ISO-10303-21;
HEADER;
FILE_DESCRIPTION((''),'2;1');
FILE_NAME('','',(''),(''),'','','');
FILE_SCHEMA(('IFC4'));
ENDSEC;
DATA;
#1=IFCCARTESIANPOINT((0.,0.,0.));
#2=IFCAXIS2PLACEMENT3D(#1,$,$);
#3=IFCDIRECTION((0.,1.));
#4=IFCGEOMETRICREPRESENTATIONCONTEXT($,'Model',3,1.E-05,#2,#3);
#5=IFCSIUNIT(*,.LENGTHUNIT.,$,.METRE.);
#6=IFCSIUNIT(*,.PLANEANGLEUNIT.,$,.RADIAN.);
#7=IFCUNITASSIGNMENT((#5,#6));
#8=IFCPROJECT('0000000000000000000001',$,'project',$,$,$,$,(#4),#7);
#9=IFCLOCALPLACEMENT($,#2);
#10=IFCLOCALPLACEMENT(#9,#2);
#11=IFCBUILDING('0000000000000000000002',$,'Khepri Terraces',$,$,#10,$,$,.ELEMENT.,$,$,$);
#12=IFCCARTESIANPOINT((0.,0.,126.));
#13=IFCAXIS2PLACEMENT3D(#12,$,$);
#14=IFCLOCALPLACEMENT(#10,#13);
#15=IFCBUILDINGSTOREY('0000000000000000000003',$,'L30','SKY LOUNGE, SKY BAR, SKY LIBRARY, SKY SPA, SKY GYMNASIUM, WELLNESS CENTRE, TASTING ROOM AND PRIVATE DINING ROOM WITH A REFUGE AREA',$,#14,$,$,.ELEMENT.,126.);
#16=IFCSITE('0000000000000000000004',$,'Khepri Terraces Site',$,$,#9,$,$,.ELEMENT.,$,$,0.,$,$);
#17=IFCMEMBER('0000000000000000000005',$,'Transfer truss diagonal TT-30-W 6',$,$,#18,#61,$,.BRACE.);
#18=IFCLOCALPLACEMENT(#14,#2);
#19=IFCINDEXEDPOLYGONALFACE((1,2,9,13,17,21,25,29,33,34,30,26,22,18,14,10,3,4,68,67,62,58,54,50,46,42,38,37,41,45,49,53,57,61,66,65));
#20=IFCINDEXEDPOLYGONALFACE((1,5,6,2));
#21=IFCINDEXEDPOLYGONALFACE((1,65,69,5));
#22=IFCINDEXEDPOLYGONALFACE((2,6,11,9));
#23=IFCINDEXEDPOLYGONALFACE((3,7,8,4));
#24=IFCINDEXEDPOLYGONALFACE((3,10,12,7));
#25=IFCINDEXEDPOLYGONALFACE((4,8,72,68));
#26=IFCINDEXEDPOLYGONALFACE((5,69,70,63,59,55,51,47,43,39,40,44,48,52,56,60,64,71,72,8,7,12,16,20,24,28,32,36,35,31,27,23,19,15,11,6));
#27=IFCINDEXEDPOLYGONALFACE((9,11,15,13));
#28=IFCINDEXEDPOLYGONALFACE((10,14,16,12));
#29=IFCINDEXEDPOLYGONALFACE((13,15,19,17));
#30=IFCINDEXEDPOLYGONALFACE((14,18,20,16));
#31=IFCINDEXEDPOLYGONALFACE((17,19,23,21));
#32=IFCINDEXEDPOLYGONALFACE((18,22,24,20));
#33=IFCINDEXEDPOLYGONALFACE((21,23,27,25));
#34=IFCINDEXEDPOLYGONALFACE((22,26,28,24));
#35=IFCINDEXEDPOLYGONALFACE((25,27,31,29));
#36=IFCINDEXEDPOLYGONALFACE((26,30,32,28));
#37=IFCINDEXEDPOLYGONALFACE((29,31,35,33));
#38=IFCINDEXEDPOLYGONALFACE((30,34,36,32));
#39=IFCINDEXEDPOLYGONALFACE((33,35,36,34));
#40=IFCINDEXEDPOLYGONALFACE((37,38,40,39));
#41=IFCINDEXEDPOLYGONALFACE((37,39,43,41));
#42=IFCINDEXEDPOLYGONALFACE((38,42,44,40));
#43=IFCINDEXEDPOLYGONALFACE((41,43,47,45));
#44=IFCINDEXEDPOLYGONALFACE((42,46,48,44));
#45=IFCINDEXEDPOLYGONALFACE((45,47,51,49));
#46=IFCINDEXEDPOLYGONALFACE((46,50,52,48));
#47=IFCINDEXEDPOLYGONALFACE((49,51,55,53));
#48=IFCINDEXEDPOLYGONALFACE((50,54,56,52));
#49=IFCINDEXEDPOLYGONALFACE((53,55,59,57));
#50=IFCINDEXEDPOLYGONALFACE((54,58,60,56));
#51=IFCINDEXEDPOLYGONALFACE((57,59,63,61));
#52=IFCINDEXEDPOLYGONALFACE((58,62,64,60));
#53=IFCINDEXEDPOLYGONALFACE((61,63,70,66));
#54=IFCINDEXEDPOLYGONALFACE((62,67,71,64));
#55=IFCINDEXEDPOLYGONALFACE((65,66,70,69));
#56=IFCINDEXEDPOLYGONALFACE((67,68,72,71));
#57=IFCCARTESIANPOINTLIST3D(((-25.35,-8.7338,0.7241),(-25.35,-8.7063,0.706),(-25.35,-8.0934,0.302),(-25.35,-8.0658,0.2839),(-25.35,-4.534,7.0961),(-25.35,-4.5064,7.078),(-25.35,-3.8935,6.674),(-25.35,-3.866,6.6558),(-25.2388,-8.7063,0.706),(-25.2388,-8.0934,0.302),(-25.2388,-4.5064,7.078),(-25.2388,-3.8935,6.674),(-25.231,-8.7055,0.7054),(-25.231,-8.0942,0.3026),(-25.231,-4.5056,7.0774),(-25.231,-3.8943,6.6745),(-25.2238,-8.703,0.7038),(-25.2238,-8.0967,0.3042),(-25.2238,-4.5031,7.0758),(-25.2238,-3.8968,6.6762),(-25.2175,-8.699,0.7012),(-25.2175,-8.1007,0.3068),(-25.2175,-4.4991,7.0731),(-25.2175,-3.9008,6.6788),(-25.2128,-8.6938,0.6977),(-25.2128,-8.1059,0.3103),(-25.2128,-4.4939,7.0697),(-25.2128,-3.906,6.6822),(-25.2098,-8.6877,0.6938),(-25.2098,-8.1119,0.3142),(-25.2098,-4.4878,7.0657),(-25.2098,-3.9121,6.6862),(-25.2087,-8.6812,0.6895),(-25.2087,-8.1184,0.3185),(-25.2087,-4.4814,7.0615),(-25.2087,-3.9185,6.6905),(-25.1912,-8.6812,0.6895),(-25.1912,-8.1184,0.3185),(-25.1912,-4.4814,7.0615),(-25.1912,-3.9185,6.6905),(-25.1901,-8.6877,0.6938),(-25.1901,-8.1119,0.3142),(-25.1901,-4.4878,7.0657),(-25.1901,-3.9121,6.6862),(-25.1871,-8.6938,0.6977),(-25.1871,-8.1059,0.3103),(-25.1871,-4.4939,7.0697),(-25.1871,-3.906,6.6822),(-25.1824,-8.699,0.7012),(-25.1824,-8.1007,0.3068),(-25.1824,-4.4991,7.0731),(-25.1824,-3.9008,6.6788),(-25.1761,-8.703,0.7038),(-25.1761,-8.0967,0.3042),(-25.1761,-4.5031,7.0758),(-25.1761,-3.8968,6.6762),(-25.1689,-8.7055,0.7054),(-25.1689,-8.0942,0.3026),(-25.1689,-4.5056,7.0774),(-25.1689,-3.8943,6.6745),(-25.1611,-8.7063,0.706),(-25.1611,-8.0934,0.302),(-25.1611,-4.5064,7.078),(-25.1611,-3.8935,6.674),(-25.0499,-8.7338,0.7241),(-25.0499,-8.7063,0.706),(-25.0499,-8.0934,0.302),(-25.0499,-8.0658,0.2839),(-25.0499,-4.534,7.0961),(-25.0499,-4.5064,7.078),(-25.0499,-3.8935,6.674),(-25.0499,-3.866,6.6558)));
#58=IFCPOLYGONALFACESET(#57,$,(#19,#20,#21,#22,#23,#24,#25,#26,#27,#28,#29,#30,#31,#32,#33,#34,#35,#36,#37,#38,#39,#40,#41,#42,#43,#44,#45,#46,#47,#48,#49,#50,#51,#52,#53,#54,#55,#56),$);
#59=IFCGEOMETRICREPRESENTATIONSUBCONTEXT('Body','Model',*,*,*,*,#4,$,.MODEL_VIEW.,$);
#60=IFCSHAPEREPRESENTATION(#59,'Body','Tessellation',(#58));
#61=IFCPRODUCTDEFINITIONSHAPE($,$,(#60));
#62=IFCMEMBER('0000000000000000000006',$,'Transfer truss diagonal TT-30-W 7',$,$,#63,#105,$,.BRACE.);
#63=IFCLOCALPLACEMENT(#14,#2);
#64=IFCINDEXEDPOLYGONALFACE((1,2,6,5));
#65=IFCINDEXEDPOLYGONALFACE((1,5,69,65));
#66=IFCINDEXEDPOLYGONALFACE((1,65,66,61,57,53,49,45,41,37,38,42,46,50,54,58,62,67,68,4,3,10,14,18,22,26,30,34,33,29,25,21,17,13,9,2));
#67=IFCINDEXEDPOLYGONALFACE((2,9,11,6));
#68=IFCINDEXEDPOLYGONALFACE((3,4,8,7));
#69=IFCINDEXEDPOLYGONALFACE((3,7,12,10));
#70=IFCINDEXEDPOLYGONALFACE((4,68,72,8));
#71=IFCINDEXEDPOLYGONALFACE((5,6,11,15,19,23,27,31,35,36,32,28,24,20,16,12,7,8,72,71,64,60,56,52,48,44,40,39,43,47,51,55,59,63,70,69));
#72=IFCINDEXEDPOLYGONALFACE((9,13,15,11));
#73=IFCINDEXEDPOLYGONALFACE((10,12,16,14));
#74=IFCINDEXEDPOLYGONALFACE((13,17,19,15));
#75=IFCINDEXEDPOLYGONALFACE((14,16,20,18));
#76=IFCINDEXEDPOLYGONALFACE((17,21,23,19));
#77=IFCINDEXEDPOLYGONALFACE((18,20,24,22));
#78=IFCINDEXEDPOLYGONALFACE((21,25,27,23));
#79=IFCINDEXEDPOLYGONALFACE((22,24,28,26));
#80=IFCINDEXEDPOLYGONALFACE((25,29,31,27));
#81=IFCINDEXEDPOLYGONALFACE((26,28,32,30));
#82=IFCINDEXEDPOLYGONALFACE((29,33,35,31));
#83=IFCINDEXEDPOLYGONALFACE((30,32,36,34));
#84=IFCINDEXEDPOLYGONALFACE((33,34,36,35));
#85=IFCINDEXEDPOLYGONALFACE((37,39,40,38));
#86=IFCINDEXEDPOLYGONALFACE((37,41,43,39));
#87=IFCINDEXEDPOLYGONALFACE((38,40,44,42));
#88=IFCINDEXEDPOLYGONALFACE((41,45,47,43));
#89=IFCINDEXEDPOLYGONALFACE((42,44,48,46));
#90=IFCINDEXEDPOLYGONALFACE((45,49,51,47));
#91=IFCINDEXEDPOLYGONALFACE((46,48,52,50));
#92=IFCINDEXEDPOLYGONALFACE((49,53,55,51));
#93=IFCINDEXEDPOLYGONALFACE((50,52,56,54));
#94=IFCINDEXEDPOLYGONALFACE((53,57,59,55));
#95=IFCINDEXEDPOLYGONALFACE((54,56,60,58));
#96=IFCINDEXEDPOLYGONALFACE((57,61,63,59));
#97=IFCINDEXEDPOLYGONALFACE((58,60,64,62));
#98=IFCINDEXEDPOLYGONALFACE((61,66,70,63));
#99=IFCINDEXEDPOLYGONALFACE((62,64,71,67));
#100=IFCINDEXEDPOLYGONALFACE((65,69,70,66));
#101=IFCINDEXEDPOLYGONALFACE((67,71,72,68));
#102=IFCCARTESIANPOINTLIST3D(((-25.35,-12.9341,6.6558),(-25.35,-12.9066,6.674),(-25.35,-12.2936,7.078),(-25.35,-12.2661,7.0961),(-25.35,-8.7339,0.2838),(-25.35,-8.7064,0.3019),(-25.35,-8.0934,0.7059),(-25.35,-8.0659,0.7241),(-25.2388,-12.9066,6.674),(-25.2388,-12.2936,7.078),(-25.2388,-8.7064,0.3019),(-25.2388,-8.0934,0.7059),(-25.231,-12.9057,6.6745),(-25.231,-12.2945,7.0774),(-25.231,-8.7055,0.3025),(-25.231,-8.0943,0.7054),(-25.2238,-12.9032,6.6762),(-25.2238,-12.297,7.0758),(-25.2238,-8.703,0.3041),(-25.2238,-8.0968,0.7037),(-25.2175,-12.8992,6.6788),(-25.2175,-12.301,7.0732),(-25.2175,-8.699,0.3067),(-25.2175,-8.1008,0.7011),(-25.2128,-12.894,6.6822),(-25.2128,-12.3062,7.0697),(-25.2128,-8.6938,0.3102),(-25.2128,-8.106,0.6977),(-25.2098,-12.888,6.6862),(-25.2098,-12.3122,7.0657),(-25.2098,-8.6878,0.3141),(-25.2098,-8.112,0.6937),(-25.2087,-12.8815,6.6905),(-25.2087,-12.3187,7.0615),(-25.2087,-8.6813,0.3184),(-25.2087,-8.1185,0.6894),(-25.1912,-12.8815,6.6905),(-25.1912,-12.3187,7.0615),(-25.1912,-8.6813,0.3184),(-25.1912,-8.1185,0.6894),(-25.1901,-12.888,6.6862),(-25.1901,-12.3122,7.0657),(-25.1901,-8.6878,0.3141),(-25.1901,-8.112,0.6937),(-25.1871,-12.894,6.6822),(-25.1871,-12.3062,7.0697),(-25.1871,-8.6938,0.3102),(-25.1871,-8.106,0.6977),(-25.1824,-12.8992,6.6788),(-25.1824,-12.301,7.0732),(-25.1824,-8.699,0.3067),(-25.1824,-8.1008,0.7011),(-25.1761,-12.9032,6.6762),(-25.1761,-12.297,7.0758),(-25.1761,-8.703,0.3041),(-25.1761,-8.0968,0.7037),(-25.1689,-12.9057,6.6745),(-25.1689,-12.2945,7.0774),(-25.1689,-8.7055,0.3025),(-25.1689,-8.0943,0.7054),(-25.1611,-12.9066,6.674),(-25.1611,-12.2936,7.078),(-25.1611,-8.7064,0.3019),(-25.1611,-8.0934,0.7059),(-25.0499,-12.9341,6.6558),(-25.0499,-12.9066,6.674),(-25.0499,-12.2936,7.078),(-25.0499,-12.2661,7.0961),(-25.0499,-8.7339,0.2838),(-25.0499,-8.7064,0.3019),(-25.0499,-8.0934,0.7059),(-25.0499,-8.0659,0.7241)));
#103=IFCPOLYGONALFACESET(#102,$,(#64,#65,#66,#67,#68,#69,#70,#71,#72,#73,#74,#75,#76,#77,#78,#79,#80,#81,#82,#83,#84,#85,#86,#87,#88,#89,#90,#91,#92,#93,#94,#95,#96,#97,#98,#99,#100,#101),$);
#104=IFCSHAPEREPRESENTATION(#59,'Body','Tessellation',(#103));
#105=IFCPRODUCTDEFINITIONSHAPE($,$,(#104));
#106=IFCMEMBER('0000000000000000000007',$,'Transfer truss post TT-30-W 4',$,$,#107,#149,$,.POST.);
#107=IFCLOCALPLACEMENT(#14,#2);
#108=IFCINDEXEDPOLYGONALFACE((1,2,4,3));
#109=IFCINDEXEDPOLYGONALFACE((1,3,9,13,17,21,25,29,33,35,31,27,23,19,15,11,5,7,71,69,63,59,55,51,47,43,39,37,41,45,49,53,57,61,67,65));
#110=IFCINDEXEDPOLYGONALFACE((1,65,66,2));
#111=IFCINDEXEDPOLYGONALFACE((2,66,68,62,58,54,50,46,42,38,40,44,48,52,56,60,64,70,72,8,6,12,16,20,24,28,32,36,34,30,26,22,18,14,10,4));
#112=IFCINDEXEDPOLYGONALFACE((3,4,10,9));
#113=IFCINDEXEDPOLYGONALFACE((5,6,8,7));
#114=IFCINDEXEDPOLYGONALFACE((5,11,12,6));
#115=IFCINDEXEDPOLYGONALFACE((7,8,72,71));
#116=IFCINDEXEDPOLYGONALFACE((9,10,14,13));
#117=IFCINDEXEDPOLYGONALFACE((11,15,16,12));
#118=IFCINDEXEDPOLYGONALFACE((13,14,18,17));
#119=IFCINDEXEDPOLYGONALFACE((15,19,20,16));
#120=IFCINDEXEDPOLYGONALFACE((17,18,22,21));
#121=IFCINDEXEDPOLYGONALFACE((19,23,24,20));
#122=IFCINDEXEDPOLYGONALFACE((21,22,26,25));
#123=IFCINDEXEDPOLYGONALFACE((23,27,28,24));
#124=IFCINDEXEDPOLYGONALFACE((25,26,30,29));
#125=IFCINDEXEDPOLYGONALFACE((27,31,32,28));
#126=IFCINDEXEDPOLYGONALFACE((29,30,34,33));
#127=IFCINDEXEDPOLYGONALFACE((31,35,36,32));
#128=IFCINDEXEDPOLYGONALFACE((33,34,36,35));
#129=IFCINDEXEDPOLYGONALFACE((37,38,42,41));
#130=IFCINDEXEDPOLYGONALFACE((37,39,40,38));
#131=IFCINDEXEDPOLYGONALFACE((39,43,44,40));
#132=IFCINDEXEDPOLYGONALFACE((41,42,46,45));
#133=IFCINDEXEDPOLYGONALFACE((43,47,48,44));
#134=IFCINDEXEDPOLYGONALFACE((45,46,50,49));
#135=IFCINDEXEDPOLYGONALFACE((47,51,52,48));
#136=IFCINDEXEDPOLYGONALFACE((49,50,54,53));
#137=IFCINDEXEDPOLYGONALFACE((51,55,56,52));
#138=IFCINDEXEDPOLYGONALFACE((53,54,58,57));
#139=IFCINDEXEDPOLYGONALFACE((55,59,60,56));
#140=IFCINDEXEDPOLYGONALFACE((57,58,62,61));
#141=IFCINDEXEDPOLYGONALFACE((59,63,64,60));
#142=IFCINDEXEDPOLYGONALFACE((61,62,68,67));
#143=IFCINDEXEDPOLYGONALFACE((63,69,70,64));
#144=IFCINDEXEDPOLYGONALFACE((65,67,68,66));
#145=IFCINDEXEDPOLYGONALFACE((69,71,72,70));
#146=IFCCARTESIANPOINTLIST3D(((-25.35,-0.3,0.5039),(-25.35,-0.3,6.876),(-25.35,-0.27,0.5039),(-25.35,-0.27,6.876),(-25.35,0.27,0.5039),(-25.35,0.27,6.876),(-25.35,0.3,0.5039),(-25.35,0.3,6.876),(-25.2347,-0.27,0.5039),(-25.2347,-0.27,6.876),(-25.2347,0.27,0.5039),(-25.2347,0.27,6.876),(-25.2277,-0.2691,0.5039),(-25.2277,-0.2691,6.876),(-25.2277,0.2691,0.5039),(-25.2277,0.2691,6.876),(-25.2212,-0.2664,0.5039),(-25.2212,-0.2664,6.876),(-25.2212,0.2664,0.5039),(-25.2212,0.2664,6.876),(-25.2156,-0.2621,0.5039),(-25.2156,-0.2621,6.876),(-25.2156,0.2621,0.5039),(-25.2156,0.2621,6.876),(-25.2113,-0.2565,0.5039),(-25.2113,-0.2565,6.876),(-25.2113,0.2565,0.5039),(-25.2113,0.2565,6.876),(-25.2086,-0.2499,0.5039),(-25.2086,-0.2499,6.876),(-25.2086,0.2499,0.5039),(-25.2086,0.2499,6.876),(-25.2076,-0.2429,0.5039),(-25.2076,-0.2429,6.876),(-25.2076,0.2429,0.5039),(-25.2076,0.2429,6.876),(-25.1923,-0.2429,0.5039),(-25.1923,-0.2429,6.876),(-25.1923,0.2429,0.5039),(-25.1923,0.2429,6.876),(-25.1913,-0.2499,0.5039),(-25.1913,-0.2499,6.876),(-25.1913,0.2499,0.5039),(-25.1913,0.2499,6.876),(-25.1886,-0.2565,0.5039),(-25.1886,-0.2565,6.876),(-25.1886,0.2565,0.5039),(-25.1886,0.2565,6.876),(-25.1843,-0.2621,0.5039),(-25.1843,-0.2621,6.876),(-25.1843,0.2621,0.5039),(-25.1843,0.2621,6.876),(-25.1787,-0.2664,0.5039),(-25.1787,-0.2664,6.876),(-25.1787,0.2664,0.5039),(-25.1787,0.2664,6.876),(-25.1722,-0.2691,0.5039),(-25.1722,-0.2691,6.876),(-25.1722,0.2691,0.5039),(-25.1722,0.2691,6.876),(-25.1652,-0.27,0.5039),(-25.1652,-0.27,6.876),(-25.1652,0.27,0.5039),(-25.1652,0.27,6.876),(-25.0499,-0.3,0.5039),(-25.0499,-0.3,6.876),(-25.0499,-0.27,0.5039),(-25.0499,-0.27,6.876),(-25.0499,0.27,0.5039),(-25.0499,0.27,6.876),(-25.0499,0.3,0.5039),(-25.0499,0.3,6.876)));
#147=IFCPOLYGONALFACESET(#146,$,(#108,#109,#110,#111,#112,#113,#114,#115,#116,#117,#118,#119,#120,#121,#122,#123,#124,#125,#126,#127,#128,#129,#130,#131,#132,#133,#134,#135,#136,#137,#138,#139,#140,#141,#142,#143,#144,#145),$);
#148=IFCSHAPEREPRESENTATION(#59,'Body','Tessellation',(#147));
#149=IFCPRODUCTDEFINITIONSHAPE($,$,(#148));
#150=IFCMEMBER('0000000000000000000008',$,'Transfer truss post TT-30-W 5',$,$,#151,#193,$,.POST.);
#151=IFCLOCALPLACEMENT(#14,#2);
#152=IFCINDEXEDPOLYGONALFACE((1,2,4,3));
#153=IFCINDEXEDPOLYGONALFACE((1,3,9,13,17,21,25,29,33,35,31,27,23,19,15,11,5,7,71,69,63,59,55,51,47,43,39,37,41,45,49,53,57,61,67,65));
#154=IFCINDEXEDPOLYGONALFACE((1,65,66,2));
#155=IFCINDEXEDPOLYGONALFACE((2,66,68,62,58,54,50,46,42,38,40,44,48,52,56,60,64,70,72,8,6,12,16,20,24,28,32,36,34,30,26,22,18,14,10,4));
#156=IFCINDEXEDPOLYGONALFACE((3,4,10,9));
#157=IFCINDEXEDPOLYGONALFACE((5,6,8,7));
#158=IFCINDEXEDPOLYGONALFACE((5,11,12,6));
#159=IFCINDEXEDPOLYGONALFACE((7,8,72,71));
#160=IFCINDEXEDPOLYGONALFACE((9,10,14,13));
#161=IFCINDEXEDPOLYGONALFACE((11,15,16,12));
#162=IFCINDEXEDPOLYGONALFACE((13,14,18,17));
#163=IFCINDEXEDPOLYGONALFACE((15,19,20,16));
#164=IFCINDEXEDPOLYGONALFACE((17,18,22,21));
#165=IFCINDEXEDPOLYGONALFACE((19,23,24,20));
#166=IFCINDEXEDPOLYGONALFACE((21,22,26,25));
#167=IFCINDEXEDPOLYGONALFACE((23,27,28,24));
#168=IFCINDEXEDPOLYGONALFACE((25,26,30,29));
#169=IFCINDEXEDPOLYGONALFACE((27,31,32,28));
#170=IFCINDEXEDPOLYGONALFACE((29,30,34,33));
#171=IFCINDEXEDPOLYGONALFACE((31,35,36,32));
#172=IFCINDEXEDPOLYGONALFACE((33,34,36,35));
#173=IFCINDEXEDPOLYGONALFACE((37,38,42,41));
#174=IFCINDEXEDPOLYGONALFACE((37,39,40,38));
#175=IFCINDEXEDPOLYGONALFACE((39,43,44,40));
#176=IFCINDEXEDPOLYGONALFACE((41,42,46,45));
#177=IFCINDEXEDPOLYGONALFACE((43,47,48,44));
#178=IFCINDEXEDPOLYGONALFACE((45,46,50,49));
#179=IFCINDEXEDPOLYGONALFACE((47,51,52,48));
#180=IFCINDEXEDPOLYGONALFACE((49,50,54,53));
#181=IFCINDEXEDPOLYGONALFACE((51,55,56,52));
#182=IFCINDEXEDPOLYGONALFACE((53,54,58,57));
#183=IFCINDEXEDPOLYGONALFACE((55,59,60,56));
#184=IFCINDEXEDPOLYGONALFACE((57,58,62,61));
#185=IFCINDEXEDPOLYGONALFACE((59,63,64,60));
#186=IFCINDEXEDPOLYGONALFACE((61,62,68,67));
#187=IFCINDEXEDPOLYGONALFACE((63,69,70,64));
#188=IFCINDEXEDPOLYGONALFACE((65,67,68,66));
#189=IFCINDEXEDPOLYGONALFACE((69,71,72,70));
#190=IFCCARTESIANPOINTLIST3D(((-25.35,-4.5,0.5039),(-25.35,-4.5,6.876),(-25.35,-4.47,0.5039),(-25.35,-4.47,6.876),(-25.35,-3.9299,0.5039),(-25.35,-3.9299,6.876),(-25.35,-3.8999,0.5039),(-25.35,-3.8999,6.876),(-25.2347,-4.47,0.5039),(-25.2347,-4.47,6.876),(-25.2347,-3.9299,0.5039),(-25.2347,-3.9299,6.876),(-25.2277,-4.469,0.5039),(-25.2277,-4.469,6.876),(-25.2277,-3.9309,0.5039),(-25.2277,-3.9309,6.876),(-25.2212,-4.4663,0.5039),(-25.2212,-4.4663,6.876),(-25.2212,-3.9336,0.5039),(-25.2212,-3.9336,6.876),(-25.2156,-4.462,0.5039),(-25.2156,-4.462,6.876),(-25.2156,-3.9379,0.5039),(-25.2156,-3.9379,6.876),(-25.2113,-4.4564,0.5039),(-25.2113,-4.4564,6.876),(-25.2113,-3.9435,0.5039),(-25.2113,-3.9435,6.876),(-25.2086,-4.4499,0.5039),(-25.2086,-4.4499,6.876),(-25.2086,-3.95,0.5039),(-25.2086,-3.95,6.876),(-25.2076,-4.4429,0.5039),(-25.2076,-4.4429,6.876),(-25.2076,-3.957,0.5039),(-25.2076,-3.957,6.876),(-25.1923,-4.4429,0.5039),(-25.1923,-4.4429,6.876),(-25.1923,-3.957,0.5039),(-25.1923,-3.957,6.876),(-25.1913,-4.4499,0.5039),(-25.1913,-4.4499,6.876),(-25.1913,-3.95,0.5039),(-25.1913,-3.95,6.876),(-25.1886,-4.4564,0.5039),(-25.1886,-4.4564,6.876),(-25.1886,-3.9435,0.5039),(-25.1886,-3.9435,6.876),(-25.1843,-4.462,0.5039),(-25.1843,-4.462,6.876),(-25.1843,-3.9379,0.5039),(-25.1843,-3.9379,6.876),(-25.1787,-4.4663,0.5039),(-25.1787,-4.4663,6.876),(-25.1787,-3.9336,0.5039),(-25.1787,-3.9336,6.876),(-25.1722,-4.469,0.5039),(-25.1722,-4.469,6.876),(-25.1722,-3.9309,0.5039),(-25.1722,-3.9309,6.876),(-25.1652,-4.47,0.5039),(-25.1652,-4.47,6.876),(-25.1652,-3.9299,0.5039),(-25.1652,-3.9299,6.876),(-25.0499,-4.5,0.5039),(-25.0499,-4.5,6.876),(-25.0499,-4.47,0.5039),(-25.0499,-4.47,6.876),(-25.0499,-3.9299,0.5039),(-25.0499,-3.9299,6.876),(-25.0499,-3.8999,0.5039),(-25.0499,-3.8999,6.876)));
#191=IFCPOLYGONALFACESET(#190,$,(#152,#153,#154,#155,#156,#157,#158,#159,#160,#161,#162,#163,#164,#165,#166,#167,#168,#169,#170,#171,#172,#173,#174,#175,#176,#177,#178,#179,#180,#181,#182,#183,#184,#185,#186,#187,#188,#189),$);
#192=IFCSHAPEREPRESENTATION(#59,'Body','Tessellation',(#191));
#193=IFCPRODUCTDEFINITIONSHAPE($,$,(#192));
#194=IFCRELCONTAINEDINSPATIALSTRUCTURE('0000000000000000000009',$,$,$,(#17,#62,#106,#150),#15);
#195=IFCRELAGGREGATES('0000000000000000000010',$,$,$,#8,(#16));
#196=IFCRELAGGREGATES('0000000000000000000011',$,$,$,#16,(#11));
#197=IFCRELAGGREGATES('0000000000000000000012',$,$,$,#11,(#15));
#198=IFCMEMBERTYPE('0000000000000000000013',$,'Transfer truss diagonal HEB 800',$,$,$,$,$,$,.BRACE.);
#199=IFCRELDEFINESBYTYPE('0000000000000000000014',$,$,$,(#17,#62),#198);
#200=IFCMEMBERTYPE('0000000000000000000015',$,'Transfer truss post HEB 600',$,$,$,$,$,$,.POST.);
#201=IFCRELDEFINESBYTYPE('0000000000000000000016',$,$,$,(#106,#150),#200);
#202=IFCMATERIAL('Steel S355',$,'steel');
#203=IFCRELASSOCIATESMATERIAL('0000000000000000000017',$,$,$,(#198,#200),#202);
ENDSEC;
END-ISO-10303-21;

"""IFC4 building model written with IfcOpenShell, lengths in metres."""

from ifc_helpers import new_model, si_unit, direction, frame, origin, origin_2d, place, context, subcontext, project, spatial, i_section, extrude, material, material_profile, profile_set, type_object, element, save


model = new_model("IFC4")

# Units and contexts
model_context = context("Model", 3, precision=1e-05, world=origin(), true_north=direction((0.0, 1.0)))
body_context = subcontext(model_context, "Body", "Model", "MODEL_VIEW")
ifc_project = project(units=[si_unit("LENGTHUNIT", "METRE"), si_unit("PLANEANGLEUNIT", "RADIAN")], contexts=[model_context])

# Site, building, storey
site_placement = place(None, origin())
site = spatial("IfcSite", under=ifc_project, at=site_placement, Name="Khepri Terraces Site", CompositionType="ELEMENT", RefElevation=0.0)
building_placement = place(site_placement, origin())
building = spatial("IfcBuilding", under=site, at=building_placement, Name="Khepri Terraces", CompositionType="ELEMENT")
storey_placement = place(building_placement, frame((0.0, 0.0, 126.0)))
storey = spatial("IfcBuildingStorey", under=building, at=storey_placement, Name="L30", Description="SKY LOUNGE, SKY BAR, SKY LIBRARY, SKY SPA, SKY GYMNASIUM, WELLNESS CENTRE, TASTING ROOM AND PRIVATE DINING ROOM WITH A REFUGE AREA", CompositionType="ELEMENT", Elevation=126.0)

# Members
ifc_material_1 = material(Name="Steel S355", Category="steel")
ifc_material_profile_1 = material_profile(ifc_material_1, i_section(OverallWidth=0.3, OverallDepth=0.8, WebThickness=0.0176, FlangeThickness=0.033, FilletRadius=0.03, at=origin_2d()), Name="Steel S355", Category="steel")
ifc_profile_set_1 = profile_set([ifc_material_profile_1], Name="Steel S355")
member_type_1 = type_object("IfcMemberType", Name="Transfer truss diagonal HEB 800", PredefinedType="BRACE", material=ifc_profile_set_1)
for number, where, z_axis, x_axis, name in (
    (1, (-25.2, -4.2, 6.876), (0.0, -0.55033, -0.834948), (1.0, 0.0, 0.0), "Transfer truss diagonal TT-30-W 6"),
):
    element("IfcMember", number, at=place(storey_placement, frame(where, z_axis=z_axis, x_axis=x_axis)), inside=storey, type_object=member_type_1, Name=name, PredefinedType="BRACE", context=body_context, shape_type="SweptSolid", body=[
        extrude(i_section(OverallWidth=0.3, OverallDepth=0.8, WebThickness=0.0176, FlangeThickness=0.033, FilletRadius=0.03, at=origin_2d()), origin(), (0.0, 0.0, 1.0), 7.6316),
    ])
member_placement = place(storey_placement, frame((-25.2, -8.3999, 0.5039), z_axis=(0.0, -0.550352, 0.834933), x_axis=(1.0, 0.0, 0.0)))
element("IfcMember", 2, at=member_placement, inside=storey, type_object=member_type_1, Name="Transfer truss diagonal TT-30-W 7", PredefinedType="BRACE", context=body_context, shape_type="SweptSolid", body=[
    extrude(i_section(OverallWidth=0.3, OverallDepth=0.8, WebThickness=0.0176, FlangeThickness=0.033, FilletRadius=0.03, at=origin_2d()), origin(), (0.0, 0.0, 1.0), 7.6318),
])
ifc_material_profile_2 = material_profile(ifc_material_1, i_section(OverallWidth=0.3, OverallDepth=0.6001, WebThickness=0.0154, FlangeThickness=0.03, FilletRadius=0.0271, at=origin_2d()), Name="Steel S355", Category="steel")
ifc_profile_set_2 = profile_set([ifc_material_profile_2], Name="Steel S355")
member_type_2 = type_object("IfcMemberType", Name="Transfer truss post HEB 600", PredefinedType="POST", material=ifc_profile_set_2)
for number, where, z_axis, x_axis, name in (
    (3, (-25.2, 0.0, 0.5039), (0.0, 0.0, 1.0), (1.0, 0.0, 0.0), "Transfer truss post TT-30-W 4"),
    (4, (-25.2, -4.2, 0.5039), (0.0, 0.0, 1.0), (1.0, 0.0, 0.0), "Transfer truss post TT-30-W 5"),
):
    element("IfcMember", number, at=place(storey_placement, frame(where, z_axis=z_axis, x_axis=x_axis)), inside=storey, type_object=member_type_2, Name=name, PredefinedType="POST", context=body_context, shape_type="SweptSolid", body=[
        extrude(i_section(OverallWidth=0.3, OverallDepth=0.6001, WebThickness=0.0154, FlangeThickness=0.03, FilletRadius=0.0271, at=origin_2d()), origin(), (0.0, 0.0, 1.0), 6.3721),
    ])

save(model, "model.ifc")
